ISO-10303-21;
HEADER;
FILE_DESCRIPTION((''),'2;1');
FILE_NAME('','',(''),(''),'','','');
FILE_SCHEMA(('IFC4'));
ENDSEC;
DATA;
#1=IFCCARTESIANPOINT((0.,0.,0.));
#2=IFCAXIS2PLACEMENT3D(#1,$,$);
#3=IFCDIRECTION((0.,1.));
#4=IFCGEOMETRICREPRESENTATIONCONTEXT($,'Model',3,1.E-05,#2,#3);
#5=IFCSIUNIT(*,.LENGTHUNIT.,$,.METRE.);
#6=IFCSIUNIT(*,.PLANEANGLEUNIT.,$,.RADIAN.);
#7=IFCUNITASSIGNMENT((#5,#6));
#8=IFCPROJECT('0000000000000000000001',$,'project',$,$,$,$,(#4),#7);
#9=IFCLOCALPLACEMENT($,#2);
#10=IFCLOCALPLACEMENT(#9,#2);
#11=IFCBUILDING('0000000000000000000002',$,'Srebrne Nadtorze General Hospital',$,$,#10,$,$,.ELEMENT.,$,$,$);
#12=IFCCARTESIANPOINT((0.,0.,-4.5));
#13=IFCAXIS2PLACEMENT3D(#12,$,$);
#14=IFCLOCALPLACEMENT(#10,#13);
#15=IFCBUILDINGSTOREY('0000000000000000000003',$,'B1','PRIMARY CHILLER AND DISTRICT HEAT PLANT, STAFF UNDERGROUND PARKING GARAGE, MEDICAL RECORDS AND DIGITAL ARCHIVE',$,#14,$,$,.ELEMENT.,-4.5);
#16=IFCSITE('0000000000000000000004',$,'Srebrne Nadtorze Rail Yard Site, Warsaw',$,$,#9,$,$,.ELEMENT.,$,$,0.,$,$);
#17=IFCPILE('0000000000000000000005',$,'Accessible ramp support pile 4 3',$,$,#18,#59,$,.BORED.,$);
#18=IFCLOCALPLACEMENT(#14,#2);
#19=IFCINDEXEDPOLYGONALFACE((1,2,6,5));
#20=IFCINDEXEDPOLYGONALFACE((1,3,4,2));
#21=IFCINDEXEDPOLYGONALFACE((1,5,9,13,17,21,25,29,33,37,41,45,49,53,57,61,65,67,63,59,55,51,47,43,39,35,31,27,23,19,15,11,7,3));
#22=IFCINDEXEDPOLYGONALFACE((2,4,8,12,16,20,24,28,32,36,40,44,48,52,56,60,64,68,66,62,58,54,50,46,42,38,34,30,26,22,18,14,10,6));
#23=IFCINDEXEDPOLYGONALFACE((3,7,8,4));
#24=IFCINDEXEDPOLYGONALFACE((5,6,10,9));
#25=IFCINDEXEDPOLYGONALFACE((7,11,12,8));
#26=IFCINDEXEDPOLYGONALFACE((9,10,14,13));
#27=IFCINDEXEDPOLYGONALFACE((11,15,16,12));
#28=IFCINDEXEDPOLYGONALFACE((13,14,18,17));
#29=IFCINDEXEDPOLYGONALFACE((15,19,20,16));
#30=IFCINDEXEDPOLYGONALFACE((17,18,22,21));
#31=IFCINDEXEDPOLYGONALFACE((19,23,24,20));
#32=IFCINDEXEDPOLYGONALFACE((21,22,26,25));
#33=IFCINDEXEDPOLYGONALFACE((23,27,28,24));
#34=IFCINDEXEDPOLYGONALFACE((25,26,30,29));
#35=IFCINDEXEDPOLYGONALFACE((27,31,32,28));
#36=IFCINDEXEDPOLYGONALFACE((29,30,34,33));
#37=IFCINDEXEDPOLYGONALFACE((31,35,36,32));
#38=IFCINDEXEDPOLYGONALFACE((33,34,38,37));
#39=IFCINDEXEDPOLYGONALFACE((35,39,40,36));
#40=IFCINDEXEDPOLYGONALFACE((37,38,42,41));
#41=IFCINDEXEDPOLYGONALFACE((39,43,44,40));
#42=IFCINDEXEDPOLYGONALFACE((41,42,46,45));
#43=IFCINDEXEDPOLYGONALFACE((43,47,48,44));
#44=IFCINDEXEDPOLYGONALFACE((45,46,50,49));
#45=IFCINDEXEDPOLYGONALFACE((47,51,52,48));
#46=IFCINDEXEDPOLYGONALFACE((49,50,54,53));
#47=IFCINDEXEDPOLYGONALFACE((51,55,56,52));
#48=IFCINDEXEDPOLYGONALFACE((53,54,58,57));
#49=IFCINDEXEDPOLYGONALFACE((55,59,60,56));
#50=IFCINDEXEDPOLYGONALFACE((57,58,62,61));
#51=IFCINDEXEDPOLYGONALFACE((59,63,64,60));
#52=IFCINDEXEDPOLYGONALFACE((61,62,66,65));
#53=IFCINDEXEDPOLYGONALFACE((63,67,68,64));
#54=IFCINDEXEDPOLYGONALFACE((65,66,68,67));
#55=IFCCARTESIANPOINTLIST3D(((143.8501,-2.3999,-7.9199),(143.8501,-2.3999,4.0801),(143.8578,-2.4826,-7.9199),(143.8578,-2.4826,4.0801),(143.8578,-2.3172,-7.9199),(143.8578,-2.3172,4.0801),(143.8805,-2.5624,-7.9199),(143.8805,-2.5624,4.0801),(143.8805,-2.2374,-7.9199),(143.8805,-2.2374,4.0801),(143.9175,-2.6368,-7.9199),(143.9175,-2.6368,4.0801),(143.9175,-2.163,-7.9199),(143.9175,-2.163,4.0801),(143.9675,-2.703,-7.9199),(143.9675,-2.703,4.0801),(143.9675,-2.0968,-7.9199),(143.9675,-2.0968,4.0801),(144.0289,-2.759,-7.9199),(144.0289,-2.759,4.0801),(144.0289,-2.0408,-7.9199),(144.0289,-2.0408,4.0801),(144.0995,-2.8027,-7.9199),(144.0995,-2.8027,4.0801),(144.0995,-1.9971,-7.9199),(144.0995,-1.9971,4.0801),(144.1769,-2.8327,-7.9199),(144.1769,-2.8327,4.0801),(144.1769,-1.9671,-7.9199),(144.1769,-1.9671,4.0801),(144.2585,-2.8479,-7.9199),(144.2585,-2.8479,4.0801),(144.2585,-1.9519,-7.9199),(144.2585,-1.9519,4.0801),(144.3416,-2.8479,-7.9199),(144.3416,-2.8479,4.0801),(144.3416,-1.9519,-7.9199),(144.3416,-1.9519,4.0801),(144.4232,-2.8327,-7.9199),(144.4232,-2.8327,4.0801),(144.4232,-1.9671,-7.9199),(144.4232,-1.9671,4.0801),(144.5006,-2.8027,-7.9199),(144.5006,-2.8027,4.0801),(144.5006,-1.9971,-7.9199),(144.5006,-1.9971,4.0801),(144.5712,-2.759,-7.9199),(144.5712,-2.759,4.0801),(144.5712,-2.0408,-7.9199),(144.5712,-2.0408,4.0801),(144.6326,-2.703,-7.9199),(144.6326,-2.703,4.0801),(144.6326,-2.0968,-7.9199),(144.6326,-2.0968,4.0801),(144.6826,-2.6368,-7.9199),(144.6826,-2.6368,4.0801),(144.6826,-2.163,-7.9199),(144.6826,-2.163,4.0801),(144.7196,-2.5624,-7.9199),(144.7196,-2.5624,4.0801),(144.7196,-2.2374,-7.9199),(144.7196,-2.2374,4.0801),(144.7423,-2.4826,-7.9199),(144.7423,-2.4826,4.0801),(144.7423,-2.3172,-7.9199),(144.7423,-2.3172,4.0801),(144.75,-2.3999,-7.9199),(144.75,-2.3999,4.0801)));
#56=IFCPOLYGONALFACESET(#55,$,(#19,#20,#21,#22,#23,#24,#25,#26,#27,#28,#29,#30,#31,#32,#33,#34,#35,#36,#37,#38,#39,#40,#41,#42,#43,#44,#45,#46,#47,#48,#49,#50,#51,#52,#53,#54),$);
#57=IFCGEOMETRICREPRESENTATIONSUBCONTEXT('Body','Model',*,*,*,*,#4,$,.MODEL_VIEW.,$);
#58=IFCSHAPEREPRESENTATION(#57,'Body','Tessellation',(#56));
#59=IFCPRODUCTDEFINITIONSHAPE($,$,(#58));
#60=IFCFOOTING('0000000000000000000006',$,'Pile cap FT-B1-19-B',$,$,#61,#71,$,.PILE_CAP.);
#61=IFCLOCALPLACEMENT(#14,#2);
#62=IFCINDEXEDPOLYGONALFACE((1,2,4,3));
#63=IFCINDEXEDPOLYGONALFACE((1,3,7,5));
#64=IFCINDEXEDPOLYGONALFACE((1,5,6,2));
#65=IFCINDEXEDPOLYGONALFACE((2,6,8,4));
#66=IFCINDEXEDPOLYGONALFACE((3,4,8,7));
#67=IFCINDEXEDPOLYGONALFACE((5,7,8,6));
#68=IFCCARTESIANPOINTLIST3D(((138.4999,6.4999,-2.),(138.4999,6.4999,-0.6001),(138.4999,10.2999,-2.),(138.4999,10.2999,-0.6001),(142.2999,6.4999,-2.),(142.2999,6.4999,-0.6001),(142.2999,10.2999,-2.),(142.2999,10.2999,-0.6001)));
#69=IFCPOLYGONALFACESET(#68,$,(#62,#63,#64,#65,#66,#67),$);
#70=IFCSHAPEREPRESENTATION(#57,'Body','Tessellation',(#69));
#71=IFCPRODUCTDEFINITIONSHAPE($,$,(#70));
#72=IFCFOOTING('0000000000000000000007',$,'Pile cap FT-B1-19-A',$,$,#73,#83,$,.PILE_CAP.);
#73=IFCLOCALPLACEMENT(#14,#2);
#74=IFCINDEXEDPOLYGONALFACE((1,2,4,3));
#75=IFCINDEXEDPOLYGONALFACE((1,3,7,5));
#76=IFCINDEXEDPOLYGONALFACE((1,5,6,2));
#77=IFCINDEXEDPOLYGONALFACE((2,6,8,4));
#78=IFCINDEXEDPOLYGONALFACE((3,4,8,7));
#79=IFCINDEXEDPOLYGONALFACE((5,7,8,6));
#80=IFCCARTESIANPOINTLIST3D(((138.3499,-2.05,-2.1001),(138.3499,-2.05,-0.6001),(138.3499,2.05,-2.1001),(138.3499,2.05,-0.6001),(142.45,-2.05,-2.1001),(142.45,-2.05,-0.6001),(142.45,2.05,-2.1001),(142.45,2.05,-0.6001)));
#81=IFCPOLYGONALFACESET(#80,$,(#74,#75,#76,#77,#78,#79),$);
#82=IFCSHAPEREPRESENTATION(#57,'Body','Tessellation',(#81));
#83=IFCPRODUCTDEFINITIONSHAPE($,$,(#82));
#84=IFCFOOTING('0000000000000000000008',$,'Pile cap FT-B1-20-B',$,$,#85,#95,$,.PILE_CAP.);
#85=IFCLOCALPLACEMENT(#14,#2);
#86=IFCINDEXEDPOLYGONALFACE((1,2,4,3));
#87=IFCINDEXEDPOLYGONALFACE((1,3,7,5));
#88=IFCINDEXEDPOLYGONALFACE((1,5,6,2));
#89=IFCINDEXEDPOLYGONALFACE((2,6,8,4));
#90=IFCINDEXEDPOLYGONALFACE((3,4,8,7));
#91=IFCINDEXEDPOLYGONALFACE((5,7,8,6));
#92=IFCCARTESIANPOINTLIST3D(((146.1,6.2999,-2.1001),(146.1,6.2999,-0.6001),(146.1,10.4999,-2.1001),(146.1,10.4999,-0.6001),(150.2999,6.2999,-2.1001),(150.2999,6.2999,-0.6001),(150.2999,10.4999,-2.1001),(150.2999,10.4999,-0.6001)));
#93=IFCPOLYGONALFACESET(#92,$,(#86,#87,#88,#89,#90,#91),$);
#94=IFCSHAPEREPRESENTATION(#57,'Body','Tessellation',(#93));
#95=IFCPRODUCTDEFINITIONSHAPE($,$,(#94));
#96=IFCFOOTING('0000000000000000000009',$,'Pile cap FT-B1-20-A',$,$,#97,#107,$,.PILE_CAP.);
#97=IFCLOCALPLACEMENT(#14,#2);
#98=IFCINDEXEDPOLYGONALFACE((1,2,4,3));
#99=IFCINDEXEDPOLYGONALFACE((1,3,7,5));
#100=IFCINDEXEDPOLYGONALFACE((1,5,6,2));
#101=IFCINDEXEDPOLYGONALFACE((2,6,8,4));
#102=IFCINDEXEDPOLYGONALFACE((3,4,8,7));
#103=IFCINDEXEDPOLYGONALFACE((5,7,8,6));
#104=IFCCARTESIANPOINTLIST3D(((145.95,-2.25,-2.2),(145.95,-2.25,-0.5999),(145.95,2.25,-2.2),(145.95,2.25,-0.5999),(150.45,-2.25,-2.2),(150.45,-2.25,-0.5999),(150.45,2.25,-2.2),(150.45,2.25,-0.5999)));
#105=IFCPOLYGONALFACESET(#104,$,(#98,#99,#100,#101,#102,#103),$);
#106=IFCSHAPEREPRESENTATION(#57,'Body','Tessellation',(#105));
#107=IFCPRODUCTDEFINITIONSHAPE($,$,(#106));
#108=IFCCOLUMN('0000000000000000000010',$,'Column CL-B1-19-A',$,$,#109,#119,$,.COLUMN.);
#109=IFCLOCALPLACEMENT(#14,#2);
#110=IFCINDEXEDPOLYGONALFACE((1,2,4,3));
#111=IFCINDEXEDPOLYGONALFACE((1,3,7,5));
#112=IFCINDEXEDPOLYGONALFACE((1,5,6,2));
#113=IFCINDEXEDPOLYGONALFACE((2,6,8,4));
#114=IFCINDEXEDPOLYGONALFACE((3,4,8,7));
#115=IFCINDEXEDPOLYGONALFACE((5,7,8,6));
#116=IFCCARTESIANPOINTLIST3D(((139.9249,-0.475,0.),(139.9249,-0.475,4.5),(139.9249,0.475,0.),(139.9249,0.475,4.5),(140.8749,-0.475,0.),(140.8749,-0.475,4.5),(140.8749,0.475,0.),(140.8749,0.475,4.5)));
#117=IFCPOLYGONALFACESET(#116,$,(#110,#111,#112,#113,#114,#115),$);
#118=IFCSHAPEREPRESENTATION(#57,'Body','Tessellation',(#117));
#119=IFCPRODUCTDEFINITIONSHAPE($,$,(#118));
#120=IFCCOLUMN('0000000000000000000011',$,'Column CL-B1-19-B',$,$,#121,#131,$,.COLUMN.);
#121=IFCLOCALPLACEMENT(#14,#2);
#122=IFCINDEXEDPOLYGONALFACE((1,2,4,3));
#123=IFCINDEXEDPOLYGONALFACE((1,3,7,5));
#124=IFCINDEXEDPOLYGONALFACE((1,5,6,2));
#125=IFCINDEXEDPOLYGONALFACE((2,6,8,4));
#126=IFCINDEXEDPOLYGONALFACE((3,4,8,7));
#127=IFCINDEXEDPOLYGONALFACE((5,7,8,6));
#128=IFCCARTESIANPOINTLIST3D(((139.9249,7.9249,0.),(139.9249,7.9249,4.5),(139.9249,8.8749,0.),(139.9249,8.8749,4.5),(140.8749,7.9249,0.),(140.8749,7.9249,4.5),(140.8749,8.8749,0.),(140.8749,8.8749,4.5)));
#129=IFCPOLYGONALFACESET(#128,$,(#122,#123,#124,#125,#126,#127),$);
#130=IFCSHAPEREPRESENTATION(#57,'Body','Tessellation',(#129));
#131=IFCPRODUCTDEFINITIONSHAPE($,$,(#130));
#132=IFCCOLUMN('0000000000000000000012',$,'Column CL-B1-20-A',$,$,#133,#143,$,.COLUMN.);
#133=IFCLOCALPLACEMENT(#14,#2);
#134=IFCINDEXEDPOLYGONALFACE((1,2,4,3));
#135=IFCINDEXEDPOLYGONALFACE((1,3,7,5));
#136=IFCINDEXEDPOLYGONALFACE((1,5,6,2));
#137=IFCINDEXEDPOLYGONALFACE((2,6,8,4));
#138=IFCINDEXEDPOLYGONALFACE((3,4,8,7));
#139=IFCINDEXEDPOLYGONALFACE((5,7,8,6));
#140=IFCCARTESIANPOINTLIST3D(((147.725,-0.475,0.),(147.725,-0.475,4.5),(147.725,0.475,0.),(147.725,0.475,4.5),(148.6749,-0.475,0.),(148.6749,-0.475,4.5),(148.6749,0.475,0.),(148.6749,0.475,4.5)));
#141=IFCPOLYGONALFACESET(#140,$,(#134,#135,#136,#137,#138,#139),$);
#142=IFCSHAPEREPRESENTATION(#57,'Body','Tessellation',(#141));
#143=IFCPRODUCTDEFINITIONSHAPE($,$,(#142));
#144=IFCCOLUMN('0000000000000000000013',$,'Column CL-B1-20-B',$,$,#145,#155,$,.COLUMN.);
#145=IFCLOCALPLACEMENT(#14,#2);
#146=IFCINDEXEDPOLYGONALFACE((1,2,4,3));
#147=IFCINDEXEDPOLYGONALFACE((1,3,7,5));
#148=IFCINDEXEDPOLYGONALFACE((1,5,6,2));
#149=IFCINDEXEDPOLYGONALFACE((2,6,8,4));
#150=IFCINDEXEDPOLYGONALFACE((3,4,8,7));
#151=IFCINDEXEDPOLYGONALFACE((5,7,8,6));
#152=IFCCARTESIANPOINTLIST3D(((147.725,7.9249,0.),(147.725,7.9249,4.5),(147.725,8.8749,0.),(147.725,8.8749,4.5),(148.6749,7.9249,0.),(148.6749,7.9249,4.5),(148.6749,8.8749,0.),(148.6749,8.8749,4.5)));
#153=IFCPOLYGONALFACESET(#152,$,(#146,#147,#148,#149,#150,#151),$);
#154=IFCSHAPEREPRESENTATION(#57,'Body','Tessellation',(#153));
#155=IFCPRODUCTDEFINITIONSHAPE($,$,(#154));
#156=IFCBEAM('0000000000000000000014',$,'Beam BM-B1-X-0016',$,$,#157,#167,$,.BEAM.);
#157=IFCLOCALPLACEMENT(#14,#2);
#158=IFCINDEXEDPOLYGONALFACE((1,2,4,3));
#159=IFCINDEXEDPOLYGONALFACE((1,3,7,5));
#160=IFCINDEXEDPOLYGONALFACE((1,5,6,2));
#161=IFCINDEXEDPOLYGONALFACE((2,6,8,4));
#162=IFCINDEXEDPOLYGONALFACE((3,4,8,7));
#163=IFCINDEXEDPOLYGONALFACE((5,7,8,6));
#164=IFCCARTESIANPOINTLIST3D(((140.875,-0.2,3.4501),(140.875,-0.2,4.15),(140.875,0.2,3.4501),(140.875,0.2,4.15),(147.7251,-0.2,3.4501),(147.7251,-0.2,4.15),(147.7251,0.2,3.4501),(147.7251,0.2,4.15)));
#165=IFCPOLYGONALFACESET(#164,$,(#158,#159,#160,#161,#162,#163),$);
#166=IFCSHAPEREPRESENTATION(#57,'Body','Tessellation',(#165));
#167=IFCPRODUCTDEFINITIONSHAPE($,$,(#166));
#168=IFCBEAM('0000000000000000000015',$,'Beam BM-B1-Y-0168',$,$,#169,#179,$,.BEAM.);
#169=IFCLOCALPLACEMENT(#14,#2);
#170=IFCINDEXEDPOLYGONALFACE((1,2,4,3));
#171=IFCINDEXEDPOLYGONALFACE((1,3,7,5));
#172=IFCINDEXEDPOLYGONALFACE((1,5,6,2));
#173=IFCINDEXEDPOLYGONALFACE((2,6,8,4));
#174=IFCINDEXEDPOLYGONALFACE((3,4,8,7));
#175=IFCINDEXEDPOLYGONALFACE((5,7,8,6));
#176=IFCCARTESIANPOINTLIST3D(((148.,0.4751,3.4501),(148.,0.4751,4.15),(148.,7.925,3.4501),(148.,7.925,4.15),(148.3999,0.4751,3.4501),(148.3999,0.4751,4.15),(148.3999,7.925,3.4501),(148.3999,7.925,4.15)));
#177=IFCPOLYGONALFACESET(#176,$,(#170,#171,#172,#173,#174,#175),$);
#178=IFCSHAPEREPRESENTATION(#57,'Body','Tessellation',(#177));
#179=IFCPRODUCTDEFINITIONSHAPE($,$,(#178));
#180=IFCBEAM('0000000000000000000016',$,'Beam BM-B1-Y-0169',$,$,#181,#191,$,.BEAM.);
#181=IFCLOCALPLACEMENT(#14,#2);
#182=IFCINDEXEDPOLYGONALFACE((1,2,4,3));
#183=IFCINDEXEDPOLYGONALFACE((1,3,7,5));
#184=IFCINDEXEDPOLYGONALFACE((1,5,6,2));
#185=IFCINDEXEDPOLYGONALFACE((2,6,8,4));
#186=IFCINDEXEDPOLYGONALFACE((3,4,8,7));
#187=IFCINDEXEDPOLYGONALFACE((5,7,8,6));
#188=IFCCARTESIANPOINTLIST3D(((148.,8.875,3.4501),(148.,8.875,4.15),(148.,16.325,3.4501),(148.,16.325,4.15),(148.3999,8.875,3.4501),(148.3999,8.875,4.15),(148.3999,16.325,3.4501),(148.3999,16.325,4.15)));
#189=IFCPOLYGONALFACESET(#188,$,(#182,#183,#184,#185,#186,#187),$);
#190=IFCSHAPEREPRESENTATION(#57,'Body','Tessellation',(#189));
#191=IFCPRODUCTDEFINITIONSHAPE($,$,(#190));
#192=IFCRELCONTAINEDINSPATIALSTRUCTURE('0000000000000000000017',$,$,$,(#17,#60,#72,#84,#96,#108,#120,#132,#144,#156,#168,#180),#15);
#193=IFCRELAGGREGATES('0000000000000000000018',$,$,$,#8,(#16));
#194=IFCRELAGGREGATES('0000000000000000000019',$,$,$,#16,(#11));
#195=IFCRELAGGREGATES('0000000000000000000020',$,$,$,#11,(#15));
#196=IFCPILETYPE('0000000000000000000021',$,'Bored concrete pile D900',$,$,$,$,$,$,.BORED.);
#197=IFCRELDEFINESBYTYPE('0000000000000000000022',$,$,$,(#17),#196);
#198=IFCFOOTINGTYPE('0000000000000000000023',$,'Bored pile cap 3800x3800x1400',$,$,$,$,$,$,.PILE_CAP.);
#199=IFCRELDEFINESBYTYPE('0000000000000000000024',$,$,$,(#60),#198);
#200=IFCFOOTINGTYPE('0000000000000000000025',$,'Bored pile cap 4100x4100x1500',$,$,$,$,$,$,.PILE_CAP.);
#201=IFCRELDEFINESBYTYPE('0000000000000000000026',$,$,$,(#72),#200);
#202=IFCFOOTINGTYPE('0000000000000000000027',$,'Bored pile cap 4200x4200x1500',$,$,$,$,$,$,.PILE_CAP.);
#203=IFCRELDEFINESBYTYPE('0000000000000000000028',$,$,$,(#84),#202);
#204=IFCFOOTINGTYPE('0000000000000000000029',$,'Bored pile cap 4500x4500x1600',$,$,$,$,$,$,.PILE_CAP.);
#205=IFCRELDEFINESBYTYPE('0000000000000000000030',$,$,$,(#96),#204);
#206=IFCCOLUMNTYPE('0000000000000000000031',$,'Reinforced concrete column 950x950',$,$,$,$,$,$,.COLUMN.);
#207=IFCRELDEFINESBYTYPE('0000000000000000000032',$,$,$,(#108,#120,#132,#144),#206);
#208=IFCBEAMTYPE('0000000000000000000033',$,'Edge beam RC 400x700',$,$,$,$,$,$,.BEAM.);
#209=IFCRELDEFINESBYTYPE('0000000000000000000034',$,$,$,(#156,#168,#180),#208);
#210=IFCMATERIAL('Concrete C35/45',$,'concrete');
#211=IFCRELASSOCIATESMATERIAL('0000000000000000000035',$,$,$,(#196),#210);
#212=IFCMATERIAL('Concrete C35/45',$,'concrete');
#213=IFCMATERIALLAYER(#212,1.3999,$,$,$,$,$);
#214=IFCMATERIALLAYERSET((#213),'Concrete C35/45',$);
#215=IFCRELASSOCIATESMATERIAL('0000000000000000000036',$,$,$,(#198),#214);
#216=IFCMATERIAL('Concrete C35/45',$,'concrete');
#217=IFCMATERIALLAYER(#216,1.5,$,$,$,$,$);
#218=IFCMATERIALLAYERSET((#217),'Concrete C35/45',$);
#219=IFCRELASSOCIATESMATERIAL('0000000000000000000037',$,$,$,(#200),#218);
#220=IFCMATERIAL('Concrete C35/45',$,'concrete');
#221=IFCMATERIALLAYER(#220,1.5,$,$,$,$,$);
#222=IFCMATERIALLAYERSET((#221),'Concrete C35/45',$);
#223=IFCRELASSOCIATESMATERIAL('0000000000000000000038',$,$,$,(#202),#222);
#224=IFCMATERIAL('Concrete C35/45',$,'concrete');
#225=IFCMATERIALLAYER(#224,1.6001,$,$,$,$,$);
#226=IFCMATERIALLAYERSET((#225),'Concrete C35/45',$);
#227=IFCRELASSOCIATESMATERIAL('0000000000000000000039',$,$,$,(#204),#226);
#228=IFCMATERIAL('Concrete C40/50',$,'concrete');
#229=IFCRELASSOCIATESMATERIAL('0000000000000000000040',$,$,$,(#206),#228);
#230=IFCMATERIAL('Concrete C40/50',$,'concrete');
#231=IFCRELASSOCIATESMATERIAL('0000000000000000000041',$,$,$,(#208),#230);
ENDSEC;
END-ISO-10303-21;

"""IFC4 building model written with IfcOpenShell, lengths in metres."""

from ifc_helpers import new_model, si_unit, direction, frame, origin, origin_2d, place, context, subcontext, project, spatial, rectangle, circle, extrude, material, layer, layer_set, material_profile, profile_set, type_object, element, save


model = new_model("IFC4")

# Units and contexts
model_context = context("Model", 3, precision=1e-05, world=origin(), true_north=direction((0.0, 1.0)))
body_context = subcontext(model_context, "Body", "Model", "MODEL_VIEW")
ifc_project = project(units=[si_unit("LENGTHUNIT", "METRE"), si_unit("PLANEANGLEUNIT", "RADIAN")], contexts=[model_context])

# Site, building, storey
site_placement = place(None, origin())
site = spatial("IfcSite", under=ifc_project, at=site_placement, Name="Srebrne Nadtorze Rail Yard Site, Warsaw", CompositionType="ELEMENT", RefElevation=0.0)
building_placement = place(site_placement, origin())
building = spatial("IfcBuilding", under=site, at=building_placement, Name="Srebrne Nadtorze General Hospital", CompositionType="ELEMENT")
storey_placement = place(building_placement, frame((0.0, 0.0, -4.5)))
storey = spatial("IfcBuildingStorey", under=building, at=storey_placement, Name="B1", Description="PRIMARY CHILLER AND DISTRICT HEAT PLANT, STAFF UNDERGROUND PARKING GARAGE, MEDICAL RECORDS AND DIGITAL ARCHIVE", CompositionType="ELEMENT", Elevation=-4.5)

# Pile
ifc_material_1 = material(Name="Concrete C35/45", Category="concrete")
ifc_material_profile_1 = material_profile(ifc_material_1, circle(Radius=0.45, at=origin_2d()), Name="PILE-D900")
ifc_profile_set_1 = profile_set([ifc_material_profile_1], Name="Concrete C35/45")
pile_type_1 = type_object("IfcPileType", Name="Bored concrete pile D900", PredefinedType="BORED", material=ifc_profile_set_1)
for number, where, z_axis, x_axis, name in (
    (1, (144.3, -2.3999, 4.0801), (0.0, 0.0, -1.0), (1.0, 0.0, 0.0), "Accessible ramp support pile 4 3"),
):
    element("IfcPile", number, at=place(storey_placement, frame(where, z_axis=z_axis, x_axis=x_axis)), inside=storey, type_object=pile_type_1, Name=name, PredefinedType="BORED", context=body_context, shape_type="SweptSolid", body=[
        extrude(circle(Radius=0.45, at=origin_2d()), origin(), (0.0, 0.0, 1.0), 12.0),
    ])

# Footings
ifc_material_2 = material(Name="Concrete C35/45", Category="concrete")
ifc_layer_1 = layer(ifc_material_2, 1.3999)
ifc_layer_set_1 = layer_set([ifc_layer_1], Name="Concrete C35/45")
footing_type_1 = type_object("IfcFootingType", Name="Bored pile cap 3800x3800x1400", PredefinedType="PILE_CAP", material=ifc_layer_set_1)
footing_1_placement = place(storey_placement, frame((140.3999, 8.3999, -2.0), z_axis=(0.0, 0.0, 1.0), x_axis=(1.0, 0.0, 0.0)))
element("IfcFooting", 2, at=footing_1_placement, inside=storey, type_object=footing_type_1, Name="Pile cap FT-B1-19-B", PredefinedType="PILE_CAP", context=body_context, shape_type="SweptSolid", body=[
    extrude(rectangle(XDim=3.8, YDim=3.8, at=origin_2d()), origin(), (0.0, 0.0, 1.0), 1.3999),
])
ifc_material_3 = material(Name="Concrete C35/45", Category="concrete")
ifc_layer_2 = layer(ifc_material_3, 1.5)
ifc_layer_set_2 = layer_set([ifc_layer_2], Name="Concrete C35/45")
footing_type_2 = type_object("IfcFootingType", Name="Bored pile cap 4100x4100x1500", PredefinedType="PILE_CAP", material=ifc_layer_set_2)
footing_2_placement = place(storey_placement, frame((140.3999, 0.0, -2.1001), z_axis=(0.0, 0.0, 1.0), x_axis=(1.0, 0.0, 0.0)))
element("IfcFooting", 3, at=footing_2_placement, inside=storey, type_object=footing_type_2, Name="Pile cap FT-B1-19-A", PredefinedType="PILE_CAP", context=body_context, shape_type="SweptSolid", body=[
    extrude(rectangle(XDim=4.1001, YDim=4.1001, at=origin_2d()), origin(), (0.0, 0.0, 1.0), 1.5),
])
ifc_material_4 = material(Name="Concrete C35/45", Category="concrete")
ifc_layer_3 = layer(ifc_material_4, 1.5)
ifc_layer_set_3 = layer_set([ifc_layer_3], Name="Concrete C35/45")
footing_type_3 = type_object("IfcFootingType", Name="Bored pile cap 4200x4200x1500", PredefinedType="PILE_CAP", material=ifc_layer_set_3)
footing_3_placement = place(storey_placement, frame((148.2, 8.3999, -2.1001), z_axis=(0.0, 0.0, 1.0), x_axis=(1.0, 0.0, 0.0)))
element("IfcFooting", 4, at=footing_3_placement, inside=storey, type_object=footing_type_3, Name="Pile cap FT-B1-20-B", PredefinedType="PILE_CAP", context=body_context, shape_type="SweptSolid", body=[
    extrude(rectangle(XDim=4.2, YDim=4.2, at=origin_2d()), origin(), (0.0, 0.0, 1.0), 1.5),
])
ifc_material_5 = material(Name="Concrete C35/45", Category="concrete")
ifc_layer_4 = layer(ifc_material_5, 1.6001)
ifc_layer_set_4 = layer_set([ifc_layer_4], Name="Concrete C35/45")
footing_type_4 = type_object("IfcFootingType", Name="Bored pile cap 4500x4500x1600", PredefinedType="PILE_CAP", material=ifc_layer_set_4)
footing_4_placement = place(storey_placement, frame((148.2, 0.0, -2.2), z_axis=(0.0, 0.0, 1.0), x_axis=(1.0, 0.0, 0.0)))
element("IfcFooting", 5, at=footing_4_placement, inside=storey, type_object=footing_type_4, Name="Pile cap FT-B1-20-A", PredefinedType="PILE_CAP", context=body_context, shape_type="SweptSolid", body=[
    extrude(rectangle(XDim=4.5, YDim=4.5, at=origin_2d()), origin(), (0.0, 0.0, 1.0), 1.6001),
])

# Columns
ifc_material_6 = material(Name="Concrete C40/50", Category="concrete")
ifc_material_profile_2 = material_profile(ifc_material_6, rectangle(XDim=0.95, YDim=0.95, at=origin_2d()), Name="RC-COL-950x950")
ifc_profile_set_2 = profile_set([ifc_material_profile_2], Name="Concrete C40/50")
column_type = type_object("IfcColumnType", Name="Reinforced concrete column 950x950", PredefinedType="COLUMN", material=ifc_profile_set_2)
for number, where, z_axis, x_axis, name in (
    (6, (140.3999, 0.0, 0.0), (0.0, 0.0, 1.0), (1.0, 0.0, 0.0), "Column CL-B1-19-A"),
    (7, (140.3999, 8.3999, 0.0), (0.0, 0.0, 1.0), (1.0, 0.0, 0.0), "Column CL-B1-19-B"),
    (8, (148.2, 0.0, 0.0), (0.0, 0.0, 1.0), (1.0, 0.0, 0.0), "Column CL-B1-20-A"),
    (9, (148.2, 8.3999, 0.0), (0.0, 0.0, 1.0), (1.0, 0.0, 0.0), "Column CL-B1-20-B"),
):
    element("IfcColumn", number, at=place(storey_placement, frame(where, z_axis=z_axis, x_axis=x_axis)), inside=storey, type_object=column_type, Name=name, PredefinedType="COLUMN", context=body_context, shape_type="SweptSolid", body=[
        extrude(rectangle(XDim=0.95, YDim=0.95, at=origin_2d()), origin(), (0.0, 0.0, 1.0), 4.5),
    ])

# Beams
ifc_material_7 = material(Name="Concrete C40/50", Category="concrete")
ifc_material_profile_3 = material_profile(ifc_material_7, rectangle(XDim=0.3999, YDim=0.7, at=origin_2d()), Name="RC-BM-400x700")
ifc_profile_set_3 = profile_set([ifc_material_profile_3], Name="Concrete C40/50")
beam_type = type_object("IfcBeamType", Name="Edge beam RC 400x700", PredefinedType="BEAM", material=ifc_profile_set_3)
beam_placement = place(storey_placement, frame((140.875, 0.0, 3.8), z_axis=(1.0, 0.0, 0.0), x_axis=(0.0, 1.0, 0.0)))
element("IfcBeam", 10, at=beam_placement, inside=storey, type_object=beam_type, Name="Beam BM-B1-X-0016", PredefinedType="BEAM", context=body_context, shape_type="SweptSolid", body=[
    extrude(rectangle(XDim=0.3999, YDim=0.7, at=origin_2d()), origin(), (0.0, 0.0, 1.0), 6.8501),
])
for number, where, z_axis, x_axis, name in (
    (11, (148.2, 0.4751, 3.8), (0.0, 1.0, 0.0), (-1.0, 0.0, 0.0), "Beam BM-B1-Y-0168"),
    (12, (148.2, 8.875, 3.8), (0.0, 1.0, 0.0), (-1.0, 0.0, 0.0), "Beam BM-B1-Y-0169"),
):
    element("IfcBeam", number, at=place(storey_placement, frame(where, z_axis=z_axis, x_axis=x_axis)), inside=storey, type_object=beam_type, Name=name, PredefinedType="BEAM", context=body_context, shape_type="SweptSolid", body=[
        extrude(rectangle(XDim=0.3999, YDim=0.7, at=origin_2d()), origin(), (0.0, 0.0, 1.0), 7.45),
    ])

save(model, "model.ifc")
